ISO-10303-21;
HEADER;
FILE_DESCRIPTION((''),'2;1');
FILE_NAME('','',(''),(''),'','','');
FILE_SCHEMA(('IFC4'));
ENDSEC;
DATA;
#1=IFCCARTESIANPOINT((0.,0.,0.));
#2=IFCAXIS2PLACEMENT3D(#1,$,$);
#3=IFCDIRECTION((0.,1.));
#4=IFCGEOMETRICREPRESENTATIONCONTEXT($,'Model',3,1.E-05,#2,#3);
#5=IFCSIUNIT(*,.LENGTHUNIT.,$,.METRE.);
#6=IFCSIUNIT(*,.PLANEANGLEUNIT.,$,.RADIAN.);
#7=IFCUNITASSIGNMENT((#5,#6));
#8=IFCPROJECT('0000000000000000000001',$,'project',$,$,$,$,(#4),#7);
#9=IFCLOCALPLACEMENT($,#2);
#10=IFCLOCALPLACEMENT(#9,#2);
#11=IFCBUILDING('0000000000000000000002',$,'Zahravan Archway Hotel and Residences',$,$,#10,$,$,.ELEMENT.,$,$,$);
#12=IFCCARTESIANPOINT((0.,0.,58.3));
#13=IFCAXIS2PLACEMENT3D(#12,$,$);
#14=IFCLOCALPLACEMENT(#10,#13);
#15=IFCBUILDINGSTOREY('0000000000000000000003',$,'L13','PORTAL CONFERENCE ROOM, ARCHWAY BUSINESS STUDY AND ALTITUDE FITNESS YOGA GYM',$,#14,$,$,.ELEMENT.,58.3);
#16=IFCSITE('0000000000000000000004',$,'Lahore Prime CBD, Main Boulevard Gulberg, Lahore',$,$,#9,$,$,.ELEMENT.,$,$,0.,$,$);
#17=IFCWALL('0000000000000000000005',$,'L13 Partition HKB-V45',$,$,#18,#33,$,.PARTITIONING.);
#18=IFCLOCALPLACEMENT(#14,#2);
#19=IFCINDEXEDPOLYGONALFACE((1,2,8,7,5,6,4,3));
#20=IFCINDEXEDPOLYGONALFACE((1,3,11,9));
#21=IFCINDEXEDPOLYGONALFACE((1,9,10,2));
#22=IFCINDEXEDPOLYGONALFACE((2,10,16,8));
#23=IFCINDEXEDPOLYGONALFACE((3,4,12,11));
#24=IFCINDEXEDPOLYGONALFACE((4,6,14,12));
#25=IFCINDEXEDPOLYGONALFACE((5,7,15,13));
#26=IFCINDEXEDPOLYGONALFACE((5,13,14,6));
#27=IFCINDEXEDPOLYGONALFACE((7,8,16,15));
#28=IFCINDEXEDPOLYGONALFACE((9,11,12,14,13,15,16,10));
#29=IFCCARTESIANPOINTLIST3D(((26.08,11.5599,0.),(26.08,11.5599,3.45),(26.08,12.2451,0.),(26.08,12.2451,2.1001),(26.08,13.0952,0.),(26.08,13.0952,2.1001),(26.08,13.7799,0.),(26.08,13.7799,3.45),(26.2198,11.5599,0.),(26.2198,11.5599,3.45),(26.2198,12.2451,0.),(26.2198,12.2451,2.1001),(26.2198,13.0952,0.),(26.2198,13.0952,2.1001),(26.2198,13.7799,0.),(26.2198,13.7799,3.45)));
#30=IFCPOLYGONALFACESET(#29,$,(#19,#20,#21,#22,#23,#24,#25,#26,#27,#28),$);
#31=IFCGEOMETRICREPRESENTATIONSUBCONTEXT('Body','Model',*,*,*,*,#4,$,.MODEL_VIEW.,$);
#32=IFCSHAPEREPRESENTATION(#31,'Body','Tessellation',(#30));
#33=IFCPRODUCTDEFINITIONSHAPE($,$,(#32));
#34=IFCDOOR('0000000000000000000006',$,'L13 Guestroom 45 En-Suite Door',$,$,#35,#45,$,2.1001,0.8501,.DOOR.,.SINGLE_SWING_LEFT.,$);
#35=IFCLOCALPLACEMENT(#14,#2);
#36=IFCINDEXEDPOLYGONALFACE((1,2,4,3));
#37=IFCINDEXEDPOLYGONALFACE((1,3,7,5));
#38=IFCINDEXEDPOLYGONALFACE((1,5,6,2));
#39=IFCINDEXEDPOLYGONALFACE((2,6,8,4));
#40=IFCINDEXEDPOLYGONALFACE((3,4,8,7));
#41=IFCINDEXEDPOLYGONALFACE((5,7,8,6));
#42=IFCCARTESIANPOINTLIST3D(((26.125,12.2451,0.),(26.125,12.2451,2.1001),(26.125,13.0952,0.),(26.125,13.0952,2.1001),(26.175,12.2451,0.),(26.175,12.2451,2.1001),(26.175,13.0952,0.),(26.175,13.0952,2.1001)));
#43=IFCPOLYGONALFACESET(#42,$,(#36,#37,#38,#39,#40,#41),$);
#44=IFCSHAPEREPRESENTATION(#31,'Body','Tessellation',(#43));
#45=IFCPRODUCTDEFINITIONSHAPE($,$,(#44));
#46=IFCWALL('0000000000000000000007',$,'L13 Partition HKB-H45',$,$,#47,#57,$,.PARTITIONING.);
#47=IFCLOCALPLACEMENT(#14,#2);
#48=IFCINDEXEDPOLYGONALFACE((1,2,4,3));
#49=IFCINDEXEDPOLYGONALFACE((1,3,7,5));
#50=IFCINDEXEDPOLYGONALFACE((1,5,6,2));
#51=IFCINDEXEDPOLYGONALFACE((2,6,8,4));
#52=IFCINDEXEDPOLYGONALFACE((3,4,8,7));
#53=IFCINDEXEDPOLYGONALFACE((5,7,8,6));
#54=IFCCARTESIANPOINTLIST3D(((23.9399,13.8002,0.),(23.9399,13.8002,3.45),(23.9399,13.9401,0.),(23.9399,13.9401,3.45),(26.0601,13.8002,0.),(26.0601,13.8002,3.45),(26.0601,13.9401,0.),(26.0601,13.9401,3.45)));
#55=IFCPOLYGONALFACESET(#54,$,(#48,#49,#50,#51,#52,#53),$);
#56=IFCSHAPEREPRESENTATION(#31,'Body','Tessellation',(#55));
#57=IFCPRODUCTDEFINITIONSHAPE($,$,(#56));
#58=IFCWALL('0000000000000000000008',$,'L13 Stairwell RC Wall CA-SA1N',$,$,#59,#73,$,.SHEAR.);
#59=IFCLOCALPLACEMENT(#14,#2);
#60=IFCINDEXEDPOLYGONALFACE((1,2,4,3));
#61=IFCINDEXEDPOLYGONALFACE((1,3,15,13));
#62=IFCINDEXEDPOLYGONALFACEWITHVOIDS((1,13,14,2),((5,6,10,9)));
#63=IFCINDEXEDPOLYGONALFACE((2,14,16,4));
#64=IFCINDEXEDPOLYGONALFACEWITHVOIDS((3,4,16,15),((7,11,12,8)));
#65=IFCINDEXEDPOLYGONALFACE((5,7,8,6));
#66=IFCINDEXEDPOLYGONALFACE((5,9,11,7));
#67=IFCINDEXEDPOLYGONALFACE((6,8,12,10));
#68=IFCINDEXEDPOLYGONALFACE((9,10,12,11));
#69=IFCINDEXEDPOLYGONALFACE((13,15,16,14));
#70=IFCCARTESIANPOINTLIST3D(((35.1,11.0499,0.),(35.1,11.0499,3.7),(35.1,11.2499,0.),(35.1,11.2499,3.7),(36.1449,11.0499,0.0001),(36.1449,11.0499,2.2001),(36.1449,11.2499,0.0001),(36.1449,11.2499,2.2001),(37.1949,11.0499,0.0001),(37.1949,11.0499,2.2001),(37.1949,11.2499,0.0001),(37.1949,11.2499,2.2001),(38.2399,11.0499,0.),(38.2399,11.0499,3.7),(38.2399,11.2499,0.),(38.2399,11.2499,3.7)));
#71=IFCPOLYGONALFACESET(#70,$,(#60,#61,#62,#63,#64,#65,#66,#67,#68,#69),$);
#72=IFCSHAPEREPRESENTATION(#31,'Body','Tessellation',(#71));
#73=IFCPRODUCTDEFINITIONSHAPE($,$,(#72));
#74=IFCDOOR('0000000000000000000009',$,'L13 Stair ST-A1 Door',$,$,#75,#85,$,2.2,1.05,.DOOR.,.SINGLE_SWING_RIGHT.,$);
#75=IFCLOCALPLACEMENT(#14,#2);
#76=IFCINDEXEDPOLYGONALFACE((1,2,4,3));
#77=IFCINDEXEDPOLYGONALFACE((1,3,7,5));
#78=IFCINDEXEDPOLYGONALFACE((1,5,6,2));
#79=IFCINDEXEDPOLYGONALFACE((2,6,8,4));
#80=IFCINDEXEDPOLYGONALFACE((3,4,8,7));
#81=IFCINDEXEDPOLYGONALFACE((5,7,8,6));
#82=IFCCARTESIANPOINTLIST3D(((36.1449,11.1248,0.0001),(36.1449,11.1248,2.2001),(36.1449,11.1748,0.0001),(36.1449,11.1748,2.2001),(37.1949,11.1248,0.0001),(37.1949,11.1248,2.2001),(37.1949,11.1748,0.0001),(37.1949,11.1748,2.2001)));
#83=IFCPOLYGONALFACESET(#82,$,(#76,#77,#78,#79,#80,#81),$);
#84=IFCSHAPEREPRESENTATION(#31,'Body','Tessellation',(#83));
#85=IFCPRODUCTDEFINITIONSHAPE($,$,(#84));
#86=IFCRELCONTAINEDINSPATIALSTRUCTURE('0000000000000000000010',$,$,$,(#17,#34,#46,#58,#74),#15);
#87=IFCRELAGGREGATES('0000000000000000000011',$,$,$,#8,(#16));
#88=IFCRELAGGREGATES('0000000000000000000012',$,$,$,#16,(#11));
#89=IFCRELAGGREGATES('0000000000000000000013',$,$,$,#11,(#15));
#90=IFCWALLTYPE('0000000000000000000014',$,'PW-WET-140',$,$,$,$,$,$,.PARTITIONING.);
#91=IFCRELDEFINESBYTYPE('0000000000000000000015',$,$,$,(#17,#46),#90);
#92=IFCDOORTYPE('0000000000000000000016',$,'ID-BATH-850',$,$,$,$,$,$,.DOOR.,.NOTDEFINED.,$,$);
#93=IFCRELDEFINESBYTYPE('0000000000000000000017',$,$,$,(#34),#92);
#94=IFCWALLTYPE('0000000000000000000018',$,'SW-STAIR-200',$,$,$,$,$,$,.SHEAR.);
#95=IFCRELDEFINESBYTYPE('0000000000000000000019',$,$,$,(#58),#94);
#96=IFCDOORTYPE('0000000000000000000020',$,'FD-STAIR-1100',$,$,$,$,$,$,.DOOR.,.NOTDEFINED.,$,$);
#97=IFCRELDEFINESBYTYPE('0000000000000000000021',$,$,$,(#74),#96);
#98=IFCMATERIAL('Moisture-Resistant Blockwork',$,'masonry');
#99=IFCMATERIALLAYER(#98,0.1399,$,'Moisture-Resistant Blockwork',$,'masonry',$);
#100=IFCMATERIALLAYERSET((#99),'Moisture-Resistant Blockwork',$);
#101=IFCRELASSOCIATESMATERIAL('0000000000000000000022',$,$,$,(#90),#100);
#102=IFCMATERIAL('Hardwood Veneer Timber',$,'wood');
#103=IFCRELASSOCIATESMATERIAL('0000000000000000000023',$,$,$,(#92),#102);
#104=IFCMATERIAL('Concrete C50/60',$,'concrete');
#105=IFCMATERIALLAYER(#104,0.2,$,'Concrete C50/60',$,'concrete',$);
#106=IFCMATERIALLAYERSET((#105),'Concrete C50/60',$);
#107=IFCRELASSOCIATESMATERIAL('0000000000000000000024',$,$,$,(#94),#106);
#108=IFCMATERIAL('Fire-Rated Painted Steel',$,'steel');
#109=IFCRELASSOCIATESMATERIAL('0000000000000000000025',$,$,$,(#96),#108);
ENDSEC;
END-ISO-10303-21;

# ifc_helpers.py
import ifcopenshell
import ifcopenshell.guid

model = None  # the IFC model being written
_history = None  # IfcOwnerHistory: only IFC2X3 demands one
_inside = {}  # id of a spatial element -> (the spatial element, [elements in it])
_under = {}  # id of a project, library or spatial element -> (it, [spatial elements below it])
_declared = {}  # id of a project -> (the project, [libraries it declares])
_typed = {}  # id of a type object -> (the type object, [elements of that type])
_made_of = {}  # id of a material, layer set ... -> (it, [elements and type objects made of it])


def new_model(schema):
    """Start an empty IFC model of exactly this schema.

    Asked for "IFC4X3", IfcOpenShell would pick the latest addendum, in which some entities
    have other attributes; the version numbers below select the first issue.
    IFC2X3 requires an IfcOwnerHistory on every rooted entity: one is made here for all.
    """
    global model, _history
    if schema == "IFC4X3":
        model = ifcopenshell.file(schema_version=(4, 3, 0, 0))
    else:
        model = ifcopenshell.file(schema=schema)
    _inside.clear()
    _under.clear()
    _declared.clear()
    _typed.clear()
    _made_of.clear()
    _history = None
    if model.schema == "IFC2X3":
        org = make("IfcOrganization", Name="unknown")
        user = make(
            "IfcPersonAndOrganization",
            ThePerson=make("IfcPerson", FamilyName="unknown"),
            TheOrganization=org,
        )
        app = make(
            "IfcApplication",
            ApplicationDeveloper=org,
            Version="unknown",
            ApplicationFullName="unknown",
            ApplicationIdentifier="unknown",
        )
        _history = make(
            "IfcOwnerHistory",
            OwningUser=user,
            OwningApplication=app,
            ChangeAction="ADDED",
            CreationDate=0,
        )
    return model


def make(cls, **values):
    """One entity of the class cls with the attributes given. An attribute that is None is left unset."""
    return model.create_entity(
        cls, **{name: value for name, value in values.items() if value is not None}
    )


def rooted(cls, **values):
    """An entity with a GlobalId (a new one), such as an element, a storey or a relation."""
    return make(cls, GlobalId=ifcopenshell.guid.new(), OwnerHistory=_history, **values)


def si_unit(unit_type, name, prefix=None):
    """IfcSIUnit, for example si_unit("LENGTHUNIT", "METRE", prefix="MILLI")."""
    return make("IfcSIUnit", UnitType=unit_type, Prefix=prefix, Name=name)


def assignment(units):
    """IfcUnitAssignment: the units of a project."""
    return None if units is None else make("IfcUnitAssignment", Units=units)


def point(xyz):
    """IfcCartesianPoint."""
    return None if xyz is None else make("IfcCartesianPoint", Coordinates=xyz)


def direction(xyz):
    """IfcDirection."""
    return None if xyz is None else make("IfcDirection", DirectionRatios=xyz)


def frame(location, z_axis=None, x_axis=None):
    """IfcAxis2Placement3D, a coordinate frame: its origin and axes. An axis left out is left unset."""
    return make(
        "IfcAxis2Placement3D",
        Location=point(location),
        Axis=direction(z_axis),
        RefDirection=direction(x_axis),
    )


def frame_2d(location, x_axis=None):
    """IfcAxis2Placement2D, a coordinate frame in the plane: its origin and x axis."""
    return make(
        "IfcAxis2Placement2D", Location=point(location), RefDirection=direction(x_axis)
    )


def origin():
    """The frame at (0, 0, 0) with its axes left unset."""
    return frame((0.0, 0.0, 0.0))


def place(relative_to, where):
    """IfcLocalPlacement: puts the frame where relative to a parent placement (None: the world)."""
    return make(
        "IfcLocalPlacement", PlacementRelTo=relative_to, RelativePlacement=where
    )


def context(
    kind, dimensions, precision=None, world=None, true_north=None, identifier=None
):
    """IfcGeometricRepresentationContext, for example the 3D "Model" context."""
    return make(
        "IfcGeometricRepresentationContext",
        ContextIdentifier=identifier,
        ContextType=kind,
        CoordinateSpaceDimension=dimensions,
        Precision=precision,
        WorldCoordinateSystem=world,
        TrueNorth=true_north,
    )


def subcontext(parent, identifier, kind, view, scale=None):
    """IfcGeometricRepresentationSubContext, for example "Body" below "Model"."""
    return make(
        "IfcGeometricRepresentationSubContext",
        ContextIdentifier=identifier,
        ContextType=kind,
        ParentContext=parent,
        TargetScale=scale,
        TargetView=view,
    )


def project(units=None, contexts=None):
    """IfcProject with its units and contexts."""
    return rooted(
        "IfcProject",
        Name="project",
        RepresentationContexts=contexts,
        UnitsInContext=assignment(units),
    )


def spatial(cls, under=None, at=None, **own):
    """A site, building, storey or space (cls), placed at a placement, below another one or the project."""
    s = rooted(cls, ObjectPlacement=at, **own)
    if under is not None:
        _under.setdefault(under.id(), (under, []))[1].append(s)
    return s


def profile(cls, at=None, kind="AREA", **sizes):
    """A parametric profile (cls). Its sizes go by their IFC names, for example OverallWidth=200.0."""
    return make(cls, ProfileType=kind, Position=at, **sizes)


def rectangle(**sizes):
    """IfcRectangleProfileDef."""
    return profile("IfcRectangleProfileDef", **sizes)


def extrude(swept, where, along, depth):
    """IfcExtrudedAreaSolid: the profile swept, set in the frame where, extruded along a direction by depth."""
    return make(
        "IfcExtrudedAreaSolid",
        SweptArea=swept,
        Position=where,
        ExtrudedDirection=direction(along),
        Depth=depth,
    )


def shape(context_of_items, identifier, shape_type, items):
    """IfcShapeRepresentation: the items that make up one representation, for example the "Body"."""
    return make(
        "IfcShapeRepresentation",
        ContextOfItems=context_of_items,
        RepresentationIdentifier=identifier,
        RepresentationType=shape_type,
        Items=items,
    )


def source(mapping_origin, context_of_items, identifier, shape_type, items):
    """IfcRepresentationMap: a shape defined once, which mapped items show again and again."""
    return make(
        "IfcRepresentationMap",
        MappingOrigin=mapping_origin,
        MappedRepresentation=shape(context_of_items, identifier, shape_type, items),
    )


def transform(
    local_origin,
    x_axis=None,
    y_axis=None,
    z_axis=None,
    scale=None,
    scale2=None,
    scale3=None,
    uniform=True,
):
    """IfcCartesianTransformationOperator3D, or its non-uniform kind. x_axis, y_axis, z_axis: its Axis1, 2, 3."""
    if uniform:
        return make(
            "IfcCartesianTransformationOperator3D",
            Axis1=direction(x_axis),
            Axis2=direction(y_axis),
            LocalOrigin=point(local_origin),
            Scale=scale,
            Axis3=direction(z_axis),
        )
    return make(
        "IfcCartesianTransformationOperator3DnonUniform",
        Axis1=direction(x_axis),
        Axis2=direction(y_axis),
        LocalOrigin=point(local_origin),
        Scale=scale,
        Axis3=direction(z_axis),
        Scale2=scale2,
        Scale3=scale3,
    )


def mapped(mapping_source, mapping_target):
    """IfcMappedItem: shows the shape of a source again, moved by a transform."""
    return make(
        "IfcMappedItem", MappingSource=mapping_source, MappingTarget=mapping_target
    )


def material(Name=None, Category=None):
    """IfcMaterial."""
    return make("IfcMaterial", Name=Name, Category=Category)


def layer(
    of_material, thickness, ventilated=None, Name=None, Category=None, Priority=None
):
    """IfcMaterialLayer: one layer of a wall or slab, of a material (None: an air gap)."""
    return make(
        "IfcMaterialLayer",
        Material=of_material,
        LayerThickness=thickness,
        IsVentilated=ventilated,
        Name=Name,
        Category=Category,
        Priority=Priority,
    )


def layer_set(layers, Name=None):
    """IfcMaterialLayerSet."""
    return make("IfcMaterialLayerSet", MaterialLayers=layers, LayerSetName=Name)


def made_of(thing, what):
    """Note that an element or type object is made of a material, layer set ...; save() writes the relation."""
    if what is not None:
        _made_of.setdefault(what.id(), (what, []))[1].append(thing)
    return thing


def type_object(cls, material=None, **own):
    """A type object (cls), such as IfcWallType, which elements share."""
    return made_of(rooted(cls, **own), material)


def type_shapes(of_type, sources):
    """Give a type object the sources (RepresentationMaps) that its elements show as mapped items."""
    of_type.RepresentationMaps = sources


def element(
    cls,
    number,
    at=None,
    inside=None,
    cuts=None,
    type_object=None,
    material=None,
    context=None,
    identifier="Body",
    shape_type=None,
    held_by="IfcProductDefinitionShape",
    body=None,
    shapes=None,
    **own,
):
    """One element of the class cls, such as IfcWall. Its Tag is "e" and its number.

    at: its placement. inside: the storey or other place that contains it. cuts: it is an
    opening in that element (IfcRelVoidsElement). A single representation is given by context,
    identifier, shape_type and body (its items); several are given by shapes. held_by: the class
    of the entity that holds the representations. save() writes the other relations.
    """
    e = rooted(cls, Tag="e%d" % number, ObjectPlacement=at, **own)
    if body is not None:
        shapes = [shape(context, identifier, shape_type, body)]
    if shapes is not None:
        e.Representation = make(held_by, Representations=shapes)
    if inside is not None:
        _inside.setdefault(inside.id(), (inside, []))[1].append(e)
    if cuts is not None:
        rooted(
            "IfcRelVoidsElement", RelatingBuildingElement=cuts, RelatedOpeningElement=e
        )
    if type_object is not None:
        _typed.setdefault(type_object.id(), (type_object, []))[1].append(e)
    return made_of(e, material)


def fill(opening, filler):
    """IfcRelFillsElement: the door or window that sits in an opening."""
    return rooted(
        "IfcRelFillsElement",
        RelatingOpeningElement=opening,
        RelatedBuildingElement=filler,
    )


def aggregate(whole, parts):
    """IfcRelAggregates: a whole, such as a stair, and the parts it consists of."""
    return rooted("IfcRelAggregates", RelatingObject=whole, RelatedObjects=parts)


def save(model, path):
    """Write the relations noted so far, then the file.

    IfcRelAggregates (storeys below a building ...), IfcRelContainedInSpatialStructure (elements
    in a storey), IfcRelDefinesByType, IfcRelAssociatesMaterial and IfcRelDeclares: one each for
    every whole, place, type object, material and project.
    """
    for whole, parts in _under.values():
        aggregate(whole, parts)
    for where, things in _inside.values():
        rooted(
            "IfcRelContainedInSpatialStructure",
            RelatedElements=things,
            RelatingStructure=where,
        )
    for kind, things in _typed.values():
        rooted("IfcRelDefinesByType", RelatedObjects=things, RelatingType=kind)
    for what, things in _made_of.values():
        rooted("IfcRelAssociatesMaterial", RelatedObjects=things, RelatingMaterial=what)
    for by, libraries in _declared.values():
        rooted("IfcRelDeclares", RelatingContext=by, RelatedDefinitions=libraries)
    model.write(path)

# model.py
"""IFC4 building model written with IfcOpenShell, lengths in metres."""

from ifc_helpers import new_model, si_unit, direction, frame, frame_2d, origin, place, context, subcontext, project, spatial, rectangle, extrude, source, transform, mapped, material, layer, layer_set, type_object, type_shapes, element, fill, save


model = new_model("IFC4")

# Units and contexts
model_context = context("Model", 3, precision=1e-05, world=origin(), true_north=direction((0.0, 1.0)))
body_context = subcontext(model_context, "Body", "Model", "MODEL_VIEW")
ifc_project = project(units=[si_unit("LENGTHUNIT", "METRE"), si_unit("PLANEANGLEUNIT", "RADIAN")], contexts=[model_context])

# Site, building, storey
site_placement = place(None, origin())
site = spatial("IfcSite", under=ifc_project, at=site_placement, Name="Lahore Prime CBD, Main Boulevard Gulberg, Lahore", CompositionType="ELEMENT", RefElevation=0.0)
building_placement = place(site_placement, origin())
building = spatial("IfcBuilding", under=site, at=building_placement, Name="Zahravan Archway Hotel and Residences", CompositionType="ELEMENT")
storey_placement = place(building_placement, frame((0.0, 0.0, 58.3)))
storey = spatial("IfcBuildingStorey", under=building, at=storey_placement, Name="L13", Description="PORTAL CONFERENCE ROOM, ARCHWAY BUSINESS STUDY AND ALTITUDE FITNESS YOGA GYM", CompositionType="ELEMENT", Elevation=58.3)

# Shared definitions
ifc_material_1 = material(Name="Fire-Rated Painted Steel", Category="steel")

# Wall, opening, door
ifc_material_2 = material(Name="Moisture-Resistant Blockwork", Category="masonry")
ifc_layer_1 = layer(ifc_material_2, 0.1399, Name="Moisture-Resistant Blockwork", Category="masonry")
ifc_layer_set_1 = layer_set([ifc_layer_1], Name="Moisture-Resistant Blockwork")
wall_type_1 = type_object("IfcWallType", Name="PW-WET-140", PredefinedType="PARTITIONING", material=ifc_layer_set_1)
wall_1_placement = place(storey_placement, frame((26.1499, 11.5601, 0.0), z_axis=(0.0, 0.0, 1.0), x_axis=(0.0, 1.0, 0.0)))
wall_1 = element("IfcWall", 1, at=wall_1_placement, inside=storey, type_object=wall_type_1, Name="L13 Partition HKB-V45", PredefinedType="PARTITIONING", context=body_context, shape_type="SweptSolid", body=[
    extrude(rectangle(XDim=2.22, YDim=0.1399, at=frame_2d((1.1099, 0.0))), origin(), (0.0, 0.0, 1.0), 3.45),
])
opening_1_placement = place(wall_1_placement, frame((0.6851, 0.0, 0.0)))
opening_1 = element("IfcOpeningElement", 2, at=opening_1_placement, cuts=wall_1, PredefinedType="OPENING", context=body_context, shape_type="SweptSolid", body=[
    extrude(rectangle(XDim=0.8501, YDim=2.1001, at=frame_2d((0.425, 1.05))), frame((0.0, 0.0801, 0.0), z_axis=(0.0, -1.0, 0.0), x_axis=(1.0, 0.0, 0.0)), (0.0, 0.0, 1.0), 0.1599),
])
ifc_material_3 = material(Name="Hardwood Veneer Timber", Category="wood")
door_type_1 = type_object("IfcDoorType", Name="ID-BATH-850", OperationType="NOTDEFINED", PredefinedType="DOOR", material=ifc_material_3)
shared_shape_1 = source(origin(), body_context, "Body", "SweptSolid", [
    extrude(rectangle(XDim=0.8501, YDim=2.1001, at=frame_2d((0.425, 1.05))), frame((0.0, 0.0249, 0.0), z_axis=(0.0, -1.0, 0.0), x_axis=(1.0, 0.0, 0.0)), (0.0, 0.0, 1.0), 0.05),
])
type_shapes(door_type_1, [shared_shape_1])
door_1_placement = place(opening_1_placement, origin())
door_1 = element("IfcDoor", 3, at=door_1_placement, inside=storey, type_object=door_type_1, Name="L13 Guestroom 45 En-Suite Door", OperationType="SINGLE_SWING_LEFT", OverallHeight=2.1001, OverallWidth=0.8501, PredefinedType="DOOR", context=body_context, shape_type="MappedRepresentation", body=[
    mapped(shared_shape_1, transform((0.0, 0.0, 0.0), scale=1.0)),
])
fill(opening_1, door_1)

# Wall
wall_2_placement = place(storey_placement, frame((23.9399, 13.8701, 0.0), z_axis=(0.0, 0.0, 1.0), x_axis=(1.0, 0.0, 0.0)))
element("IfcWall", 4, at=wall_2_placement, inside=storey, type_object=wall_type_1, Name="L13 Partition HKB-H45", PredefinedType="PARTITIONING", context=body_context, shape_type="SweptSolid", body=[
    extrude(rectangle(XDim=2.1201, YDim=0.1399, at=frame_2d((1.0601, 0.0))), origin(), (0.0, 0.0, 1.0), 3.45),
])

# Wall, opening, door
ifc_material_4 = material(Name="Concrete C50/60", Category="concrete")
ifc_layer_2 = layer(ifc_material_4, 0.2, Name="Concrete C50/60", Category="concrete")
ifc_layer_set_2 = layer_set([ifc_layer_2], Name="Concrete C50/60")
wall_type_2 = type_object("IfcWallType", Name="SW-STAIR-200", PredefinedType="SHEAR", material=ifc_layer_set_2)
wall_3_placement = place(storey_placement, frame((35.1001, 11.1499, 0.0), z_axis=(0.0, 0.0, 1.0), x_axis=(1.0, 0.0, 0.0)))
wall_3 = element("IfcWall", 5, at=wall_3_placement, inside=storey, type_object=wall_type_2, Name="L13 Stairwell RC Wall CA-SA1N", PredefinedType="SHEAR", context=body_context, shape_type="SweptSolid", body=[
    extrude(rectangle(XDim=3.1399, YDim=0.2, at=frame_2d((1.5698, 0.0))), origin(), (0.0, 0.0, 1.0), 3.7),
])
opening_2_placement = place(wall_3_placement, frame((1.0449, 0.0, 0.0)))
opening_2 = element("IfcOpeningElement", 6, at=opening_2_placement, cuts=wall_3, PredefinedType="OPENING", context=body_context, shape_type="SweptSolid", body=[
    extrude(rectangle(XDim=1.05, YDim=2.2, at=frame_2d((0.5249, 1.1001))), frame((0.0, 0.1099, 0.0), z_axis=(0.0, -1.0, 0.0), x_axis=(1.0, 0.0, 0.0)), (0.0, 0.0, 1.0), 0.22),
])
door_type_2 = type_object("IfcDoorType", Name="FD-STAIR-1100", OperationType="NOTDEFINED", PredefinedType="DOOR", material=ifc_material_1)
shared_shape_2 = source(origin(), body_context, "Body", "SweptSolid", [
    extrude(rectangle(XDim=1.05, YDim=2.2, at=frame_2d((0.5249, 1.1001))), frame((0.0, 0.0249, 0.0), z_axis=(0.0, -1.0, 0.0), x_axis=(1.0, 0.0, 0.0)), (0.0, 0.0, 1.0), 0.05),
])
type_shapes(door_type_2, [shared_shape_2])
door_2_placement = place(opening_2_placement, origin())
door_2 = element("IfcDoor", 7, at=door_2_placement, inside=storey, type_object=door_type_2, Name="L13 Stair ST-A1 Door", OperationType="SINGLE_SWING_RIGHT", OverallHeight=2.2, OverallWidth=1.05, PredefinedType="DOOR", context=body_context, shape_type="MappedRepresentation", body=[
    mapped(shared_shape_2, transform((0.0, 0.0, 0.0), scale=1.0)),
])
fill(opening_2, door_2)

save(model, "model.ifc")
